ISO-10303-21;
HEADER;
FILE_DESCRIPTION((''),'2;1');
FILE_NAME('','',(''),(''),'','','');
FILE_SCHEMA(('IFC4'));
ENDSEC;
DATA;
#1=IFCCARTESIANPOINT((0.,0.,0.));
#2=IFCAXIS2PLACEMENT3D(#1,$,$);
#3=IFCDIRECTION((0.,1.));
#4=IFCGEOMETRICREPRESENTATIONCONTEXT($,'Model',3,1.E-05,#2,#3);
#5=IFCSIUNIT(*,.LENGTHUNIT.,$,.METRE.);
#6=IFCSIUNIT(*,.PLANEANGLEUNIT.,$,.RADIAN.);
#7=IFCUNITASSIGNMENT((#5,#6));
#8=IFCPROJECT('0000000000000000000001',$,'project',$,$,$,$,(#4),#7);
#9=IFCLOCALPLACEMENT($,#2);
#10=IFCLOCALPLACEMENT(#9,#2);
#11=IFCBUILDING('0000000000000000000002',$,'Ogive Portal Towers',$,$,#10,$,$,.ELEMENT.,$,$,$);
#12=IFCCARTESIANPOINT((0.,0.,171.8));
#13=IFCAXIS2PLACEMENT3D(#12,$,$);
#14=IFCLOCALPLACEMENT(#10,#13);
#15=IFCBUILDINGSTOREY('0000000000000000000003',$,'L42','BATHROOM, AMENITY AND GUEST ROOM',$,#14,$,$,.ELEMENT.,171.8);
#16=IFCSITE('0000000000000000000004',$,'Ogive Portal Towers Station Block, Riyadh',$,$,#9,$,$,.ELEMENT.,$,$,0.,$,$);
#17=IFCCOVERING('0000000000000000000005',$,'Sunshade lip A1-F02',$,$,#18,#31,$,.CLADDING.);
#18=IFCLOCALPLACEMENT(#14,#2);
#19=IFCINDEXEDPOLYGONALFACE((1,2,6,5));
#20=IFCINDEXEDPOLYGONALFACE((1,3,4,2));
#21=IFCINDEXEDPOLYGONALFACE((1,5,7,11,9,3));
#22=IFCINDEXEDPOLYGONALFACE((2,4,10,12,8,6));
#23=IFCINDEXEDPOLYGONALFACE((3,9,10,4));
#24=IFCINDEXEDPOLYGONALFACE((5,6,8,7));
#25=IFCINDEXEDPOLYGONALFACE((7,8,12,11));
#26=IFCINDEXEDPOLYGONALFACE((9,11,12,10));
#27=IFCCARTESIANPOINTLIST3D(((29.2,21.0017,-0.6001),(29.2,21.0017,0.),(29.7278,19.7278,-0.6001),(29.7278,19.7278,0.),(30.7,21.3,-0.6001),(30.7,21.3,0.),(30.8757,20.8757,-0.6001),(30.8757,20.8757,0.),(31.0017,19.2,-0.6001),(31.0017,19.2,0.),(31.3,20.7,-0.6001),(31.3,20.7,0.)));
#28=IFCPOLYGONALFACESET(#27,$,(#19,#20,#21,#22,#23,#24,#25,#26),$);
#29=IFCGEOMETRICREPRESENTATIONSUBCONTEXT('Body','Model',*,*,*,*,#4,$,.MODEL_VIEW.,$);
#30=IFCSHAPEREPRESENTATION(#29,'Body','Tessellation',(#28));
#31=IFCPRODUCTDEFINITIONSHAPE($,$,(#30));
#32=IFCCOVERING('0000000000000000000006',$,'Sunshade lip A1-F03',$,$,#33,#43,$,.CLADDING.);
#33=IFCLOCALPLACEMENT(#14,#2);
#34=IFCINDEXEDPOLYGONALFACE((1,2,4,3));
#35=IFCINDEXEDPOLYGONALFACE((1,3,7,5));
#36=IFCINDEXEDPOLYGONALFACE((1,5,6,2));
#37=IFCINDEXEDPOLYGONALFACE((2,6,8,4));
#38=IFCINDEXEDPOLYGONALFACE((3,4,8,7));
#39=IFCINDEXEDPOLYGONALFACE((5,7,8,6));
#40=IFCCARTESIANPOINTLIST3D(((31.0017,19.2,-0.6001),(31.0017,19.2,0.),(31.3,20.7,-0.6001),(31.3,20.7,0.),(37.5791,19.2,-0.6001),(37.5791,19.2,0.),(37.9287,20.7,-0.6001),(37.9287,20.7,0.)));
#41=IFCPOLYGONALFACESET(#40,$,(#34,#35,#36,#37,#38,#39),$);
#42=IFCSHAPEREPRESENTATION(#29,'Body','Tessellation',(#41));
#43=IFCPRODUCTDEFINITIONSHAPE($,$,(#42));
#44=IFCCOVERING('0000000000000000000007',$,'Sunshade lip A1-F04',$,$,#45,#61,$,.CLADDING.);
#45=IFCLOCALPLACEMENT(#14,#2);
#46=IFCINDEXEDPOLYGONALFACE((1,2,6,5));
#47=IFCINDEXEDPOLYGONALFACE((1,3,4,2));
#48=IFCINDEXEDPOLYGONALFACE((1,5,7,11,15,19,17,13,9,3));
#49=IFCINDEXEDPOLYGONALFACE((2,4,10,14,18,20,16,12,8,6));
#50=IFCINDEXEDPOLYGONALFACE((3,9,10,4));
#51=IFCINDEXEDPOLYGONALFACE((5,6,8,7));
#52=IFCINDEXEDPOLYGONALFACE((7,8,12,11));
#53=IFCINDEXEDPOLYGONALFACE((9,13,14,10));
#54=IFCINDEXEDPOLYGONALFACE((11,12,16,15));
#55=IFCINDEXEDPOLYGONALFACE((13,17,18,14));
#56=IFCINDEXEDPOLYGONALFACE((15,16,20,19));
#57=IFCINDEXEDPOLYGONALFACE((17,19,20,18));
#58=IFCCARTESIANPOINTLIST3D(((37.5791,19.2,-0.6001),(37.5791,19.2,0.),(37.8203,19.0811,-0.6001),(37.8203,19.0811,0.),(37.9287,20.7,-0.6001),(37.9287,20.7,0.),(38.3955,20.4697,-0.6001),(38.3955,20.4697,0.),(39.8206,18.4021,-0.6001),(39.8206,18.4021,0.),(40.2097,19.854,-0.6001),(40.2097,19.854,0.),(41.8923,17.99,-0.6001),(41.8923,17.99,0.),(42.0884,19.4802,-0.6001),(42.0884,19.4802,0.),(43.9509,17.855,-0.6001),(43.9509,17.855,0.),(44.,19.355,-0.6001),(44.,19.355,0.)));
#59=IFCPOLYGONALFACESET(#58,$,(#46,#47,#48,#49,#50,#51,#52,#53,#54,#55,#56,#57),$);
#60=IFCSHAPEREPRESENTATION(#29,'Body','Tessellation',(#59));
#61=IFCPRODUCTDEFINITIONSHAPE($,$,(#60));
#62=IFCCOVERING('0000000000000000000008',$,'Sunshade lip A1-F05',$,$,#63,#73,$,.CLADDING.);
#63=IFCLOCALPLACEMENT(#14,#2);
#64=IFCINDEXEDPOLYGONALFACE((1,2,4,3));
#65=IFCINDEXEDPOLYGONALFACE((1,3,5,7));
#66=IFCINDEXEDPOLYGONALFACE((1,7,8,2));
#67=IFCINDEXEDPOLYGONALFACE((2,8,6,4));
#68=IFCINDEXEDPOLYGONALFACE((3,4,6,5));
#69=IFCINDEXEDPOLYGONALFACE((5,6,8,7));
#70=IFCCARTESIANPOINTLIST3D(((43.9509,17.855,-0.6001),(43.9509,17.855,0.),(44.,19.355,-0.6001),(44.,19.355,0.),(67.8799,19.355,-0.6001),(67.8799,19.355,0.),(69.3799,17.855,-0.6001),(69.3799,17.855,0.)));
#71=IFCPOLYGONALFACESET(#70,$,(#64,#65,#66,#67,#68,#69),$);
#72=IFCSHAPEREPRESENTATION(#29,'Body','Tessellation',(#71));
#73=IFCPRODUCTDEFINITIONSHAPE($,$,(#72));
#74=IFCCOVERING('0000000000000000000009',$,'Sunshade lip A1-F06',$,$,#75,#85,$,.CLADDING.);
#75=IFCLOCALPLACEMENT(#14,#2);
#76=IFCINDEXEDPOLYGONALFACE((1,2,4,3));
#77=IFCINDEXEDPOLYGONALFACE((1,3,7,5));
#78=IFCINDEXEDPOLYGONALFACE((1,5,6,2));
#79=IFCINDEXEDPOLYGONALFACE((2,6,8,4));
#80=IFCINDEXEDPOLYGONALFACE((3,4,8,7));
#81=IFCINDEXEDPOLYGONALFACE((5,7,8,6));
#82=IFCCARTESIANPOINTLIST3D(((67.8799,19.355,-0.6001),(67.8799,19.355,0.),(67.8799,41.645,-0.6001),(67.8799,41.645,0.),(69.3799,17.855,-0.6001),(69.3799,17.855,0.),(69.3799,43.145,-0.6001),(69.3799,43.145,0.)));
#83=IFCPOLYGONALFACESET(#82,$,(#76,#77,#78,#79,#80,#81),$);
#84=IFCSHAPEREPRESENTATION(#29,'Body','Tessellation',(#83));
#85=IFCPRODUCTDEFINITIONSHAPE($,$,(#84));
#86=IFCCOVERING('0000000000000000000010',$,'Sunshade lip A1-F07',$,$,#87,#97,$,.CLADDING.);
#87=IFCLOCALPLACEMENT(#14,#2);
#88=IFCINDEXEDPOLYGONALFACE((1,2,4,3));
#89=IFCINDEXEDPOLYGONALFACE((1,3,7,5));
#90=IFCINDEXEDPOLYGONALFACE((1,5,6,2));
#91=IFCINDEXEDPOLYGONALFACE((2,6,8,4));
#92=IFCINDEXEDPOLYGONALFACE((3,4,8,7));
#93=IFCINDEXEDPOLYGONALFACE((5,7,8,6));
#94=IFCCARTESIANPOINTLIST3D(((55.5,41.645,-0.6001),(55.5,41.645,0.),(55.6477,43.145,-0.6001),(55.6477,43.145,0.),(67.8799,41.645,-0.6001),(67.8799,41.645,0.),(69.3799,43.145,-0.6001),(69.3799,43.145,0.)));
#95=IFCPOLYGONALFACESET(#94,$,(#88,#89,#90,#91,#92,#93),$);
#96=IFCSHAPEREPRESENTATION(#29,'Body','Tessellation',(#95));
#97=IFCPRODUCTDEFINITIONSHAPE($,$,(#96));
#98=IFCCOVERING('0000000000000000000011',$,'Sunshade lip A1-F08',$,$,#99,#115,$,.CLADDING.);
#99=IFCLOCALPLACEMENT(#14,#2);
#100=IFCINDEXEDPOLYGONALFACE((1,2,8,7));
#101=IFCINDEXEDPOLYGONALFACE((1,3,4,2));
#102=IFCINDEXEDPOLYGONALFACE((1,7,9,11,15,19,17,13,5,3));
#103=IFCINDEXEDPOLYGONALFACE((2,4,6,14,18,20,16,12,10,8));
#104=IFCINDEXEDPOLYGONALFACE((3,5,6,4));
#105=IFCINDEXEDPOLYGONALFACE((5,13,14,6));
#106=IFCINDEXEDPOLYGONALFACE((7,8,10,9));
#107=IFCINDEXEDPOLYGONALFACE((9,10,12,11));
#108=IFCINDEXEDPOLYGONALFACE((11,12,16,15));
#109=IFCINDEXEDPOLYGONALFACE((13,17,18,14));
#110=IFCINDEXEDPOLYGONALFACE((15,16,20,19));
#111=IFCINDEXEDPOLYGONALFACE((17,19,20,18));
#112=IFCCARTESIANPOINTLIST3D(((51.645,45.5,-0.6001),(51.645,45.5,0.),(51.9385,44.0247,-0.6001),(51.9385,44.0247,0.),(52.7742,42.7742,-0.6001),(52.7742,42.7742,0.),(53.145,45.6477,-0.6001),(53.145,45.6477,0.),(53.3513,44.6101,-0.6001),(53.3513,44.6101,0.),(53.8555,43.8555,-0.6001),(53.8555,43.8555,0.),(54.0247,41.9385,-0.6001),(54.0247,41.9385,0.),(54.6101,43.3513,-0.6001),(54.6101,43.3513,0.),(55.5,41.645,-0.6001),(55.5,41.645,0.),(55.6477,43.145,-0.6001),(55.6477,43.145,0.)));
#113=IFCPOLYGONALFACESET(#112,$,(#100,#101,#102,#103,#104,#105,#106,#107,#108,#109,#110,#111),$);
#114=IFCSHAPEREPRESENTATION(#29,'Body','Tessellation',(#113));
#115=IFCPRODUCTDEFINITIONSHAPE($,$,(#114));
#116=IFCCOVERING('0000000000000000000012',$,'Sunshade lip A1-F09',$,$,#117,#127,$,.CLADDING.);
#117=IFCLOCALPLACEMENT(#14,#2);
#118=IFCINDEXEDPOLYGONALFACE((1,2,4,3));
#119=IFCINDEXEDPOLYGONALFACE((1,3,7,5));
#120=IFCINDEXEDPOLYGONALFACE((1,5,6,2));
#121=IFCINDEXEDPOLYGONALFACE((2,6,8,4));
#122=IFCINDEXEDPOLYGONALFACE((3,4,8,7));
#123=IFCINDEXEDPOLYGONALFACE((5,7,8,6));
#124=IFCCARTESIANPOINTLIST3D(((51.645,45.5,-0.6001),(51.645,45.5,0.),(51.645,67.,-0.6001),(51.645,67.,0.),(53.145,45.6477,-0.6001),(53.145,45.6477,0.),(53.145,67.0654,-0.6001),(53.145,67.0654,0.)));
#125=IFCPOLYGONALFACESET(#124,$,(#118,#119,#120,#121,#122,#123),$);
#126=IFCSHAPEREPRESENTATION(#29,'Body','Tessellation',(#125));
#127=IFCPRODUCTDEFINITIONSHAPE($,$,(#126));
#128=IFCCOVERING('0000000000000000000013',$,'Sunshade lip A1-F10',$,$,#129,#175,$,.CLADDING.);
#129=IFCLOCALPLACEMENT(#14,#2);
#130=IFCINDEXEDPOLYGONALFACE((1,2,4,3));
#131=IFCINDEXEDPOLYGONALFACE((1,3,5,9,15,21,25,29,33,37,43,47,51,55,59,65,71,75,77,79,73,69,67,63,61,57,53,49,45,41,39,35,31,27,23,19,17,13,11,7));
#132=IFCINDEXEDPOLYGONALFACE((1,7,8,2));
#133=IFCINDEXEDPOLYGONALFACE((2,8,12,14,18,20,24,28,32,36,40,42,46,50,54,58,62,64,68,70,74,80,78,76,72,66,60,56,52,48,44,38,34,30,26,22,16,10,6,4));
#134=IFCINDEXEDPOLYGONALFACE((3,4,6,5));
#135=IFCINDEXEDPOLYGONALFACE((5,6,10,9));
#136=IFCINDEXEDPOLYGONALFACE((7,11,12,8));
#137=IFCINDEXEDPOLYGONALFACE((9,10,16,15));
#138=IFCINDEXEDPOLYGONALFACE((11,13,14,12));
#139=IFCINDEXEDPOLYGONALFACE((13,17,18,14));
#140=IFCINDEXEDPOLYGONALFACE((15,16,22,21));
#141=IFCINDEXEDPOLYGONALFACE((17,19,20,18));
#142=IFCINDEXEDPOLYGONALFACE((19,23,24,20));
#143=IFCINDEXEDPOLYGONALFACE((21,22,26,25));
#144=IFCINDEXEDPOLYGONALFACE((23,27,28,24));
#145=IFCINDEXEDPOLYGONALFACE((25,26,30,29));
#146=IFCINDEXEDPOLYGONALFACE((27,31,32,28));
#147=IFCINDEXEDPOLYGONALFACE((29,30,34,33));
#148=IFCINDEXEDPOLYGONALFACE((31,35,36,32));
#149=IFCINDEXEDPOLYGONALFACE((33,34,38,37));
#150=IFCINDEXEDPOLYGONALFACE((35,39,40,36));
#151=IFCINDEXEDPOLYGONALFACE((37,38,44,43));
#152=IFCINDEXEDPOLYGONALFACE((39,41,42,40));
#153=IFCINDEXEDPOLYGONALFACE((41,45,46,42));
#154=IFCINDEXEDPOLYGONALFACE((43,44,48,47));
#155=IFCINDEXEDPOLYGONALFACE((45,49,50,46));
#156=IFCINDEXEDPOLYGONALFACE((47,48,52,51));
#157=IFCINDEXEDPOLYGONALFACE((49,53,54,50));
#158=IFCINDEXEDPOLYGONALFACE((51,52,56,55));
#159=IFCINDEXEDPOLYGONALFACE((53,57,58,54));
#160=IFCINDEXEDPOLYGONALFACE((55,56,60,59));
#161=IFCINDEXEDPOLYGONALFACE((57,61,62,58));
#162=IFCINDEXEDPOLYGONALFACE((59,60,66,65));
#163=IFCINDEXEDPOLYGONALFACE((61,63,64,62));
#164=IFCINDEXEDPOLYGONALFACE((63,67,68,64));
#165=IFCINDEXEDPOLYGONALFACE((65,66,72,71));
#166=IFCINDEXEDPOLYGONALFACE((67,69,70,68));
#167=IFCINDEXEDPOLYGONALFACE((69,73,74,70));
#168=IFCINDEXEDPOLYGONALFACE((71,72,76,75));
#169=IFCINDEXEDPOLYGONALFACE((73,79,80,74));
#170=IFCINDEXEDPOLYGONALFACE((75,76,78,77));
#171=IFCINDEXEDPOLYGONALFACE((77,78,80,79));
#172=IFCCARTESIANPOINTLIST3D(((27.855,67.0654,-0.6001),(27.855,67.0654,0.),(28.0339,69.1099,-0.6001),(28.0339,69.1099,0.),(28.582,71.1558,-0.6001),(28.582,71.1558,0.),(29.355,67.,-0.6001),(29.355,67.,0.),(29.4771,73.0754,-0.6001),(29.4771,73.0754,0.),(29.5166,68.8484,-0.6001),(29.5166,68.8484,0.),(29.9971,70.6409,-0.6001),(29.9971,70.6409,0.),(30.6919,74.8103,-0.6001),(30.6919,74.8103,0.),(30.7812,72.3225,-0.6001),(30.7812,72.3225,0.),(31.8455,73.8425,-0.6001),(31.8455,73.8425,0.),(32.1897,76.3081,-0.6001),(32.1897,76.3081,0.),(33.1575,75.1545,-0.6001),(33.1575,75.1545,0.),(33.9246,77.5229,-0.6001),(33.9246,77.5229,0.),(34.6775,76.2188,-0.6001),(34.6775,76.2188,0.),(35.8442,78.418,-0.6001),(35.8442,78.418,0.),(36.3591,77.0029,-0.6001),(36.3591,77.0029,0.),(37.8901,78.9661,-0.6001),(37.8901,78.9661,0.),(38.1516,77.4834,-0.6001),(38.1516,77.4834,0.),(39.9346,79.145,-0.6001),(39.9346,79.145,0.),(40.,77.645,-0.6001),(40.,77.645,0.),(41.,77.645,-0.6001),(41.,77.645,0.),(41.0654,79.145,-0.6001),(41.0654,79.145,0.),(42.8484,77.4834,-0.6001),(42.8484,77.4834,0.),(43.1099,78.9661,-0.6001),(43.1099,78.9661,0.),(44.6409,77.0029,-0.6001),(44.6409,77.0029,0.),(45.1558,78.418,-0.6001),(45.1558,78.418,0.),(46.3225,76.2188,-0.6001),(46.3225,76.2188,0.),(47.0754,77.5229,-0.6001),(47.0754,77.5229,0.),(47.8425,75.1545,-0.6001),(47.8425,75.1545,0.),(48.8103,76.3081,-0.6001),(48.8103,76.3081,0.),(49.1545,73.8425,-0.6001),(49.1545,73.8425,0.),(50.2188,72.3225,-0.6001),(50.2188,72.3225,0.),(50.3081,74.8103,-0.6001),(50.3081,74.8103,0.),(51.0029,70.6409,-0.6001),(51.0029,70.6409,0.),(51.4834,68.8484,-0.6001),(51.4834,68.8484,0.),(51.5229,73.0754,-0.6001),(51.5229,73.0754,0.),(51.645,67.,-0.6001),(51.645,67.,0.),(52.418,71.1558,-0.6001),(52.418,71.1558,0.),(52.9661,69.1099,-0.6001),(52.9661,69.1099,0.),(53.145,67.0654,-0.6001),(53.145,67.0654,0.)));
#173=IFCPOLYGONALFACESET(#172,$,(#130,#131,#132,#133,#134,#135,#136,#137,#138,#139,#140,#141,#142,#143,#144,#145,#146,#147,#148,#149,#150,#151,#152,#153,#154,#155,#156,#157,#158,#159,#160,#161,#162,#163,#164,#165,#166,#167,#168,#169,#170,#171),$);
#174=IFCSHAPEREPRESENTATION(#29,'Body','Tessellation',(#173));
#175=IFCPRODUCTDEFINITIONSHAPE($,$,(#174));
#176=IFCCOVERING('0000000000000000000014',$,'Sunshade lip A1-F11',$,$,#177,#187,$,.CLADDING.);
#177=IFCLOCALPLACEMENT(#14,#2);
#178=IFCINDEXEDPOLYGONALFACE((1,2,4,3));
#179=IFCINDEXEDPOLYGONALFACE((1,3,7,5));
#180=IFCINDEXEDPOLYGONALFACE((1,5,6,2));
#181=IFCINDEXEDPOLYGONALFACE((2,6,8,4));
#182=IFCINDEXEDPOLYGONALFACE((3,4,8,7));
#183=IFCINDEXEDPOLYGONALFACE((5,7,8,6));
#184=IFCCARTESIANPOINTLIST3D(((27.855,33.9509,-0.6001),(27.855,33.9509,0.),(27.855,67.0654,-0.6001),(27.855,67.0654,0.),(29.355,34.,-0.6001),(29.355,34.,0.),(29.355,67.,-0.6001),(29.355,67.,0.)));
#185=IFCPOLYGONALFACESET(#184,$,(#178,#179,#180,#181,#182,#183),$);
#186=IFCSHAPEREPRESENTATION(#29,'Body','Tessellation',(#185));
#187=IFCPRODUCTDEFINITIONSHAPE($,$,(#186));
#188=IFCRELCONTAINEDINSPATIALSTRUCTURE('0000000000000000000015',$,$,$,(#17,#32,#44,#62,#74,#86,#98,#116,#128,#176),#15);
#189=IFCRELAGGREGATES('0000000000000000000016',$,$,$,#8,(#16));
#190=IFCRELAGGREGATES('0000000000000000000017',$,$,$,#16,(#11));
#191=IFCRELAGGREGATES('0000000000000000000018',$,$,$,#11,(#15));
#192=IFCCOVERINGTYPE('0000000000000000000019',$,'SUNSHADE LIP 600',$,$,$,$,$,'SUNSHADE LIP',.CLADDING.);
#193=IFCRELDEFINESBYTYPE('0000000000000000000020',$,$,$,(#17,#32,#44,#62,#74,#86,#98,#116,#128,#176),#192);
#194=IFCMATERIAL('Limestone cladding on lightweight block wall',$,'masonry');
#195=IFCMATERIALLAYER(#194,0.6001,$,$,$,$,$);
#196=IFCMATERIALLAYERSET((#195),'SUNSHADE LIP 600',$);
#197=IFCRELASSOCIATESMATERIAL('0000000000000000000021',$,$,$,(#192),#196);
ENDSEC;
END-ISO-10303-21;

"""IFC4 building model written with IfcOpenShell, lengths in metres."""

from ifc_helpers import new_model, si_unit, direction, frame, origin, place, context, subcontext, project, spatial, polyline, outline, extrude, material, layer, layer_set, type_object, element, save


model = new_model("IFC4")

# Units and contexts
model_context = context("Model", 3, precision=1e-05, world=origin(), true_north=direction((0.0, 1.0)))
body_context = subcontext(model_context, "Body", "Model", "MODEL_VIEW")
ifc_project = project(units=[si_unit("LENGTHUNIT", "METRE"), si_unit("PLANEANGLEUNIT", "RADIAN")], contexts=[model_context])

# Site, building, storey
site_placement = place(None, origin())
site = spatial("IfcSite", under=ifc_project, at=site_placement, Name="Ogive Portal Towers Station Block, Riyadh", CompositionType="ELEMENT", RefElevation=0.0)
building_placement = place(site_placement, origin())
building = spatial("IfcBuilding", under=site, at=building_placement, Name="Ogive Portal Towers", CompositionType="ELEMENT")
storey_placement = place(building_placement, frame((0.0, 0.0, 171.8)))
storey = spatial("IfcBuildingStorey", under=building, at=storey_placement, Name="L42", Description="BATHROOM, AMENITY AND GUEST ROOM", CompositionType="ELEMENT", Elevation=171.8)

# Coverings
ifc_material_1 = material(Name="Limestone cladding on lightweight block wall", Category="masonry")
ifc_layer_1 = layer(ifc_material_1, 0.6001)
ifc_layer_set_1 = layer_set([ifc_layer_1], Name="SUNSHADE LIP 600")
covering_type_1 = type_object("IfcCoveringType", Name="SUNSHADE LIP 600", ElementType="SUNSHADE LIP", PredefinedType="CLADDING", material=ifc_layer_set_1)
covering_1_placement = place(storey_placement, frame((0.0, 0.0, -0.6001)))
element("IfcCovering", 1, at=covering_1_placement, inside=storey, type_object=covering_type_1, Name="Sunshade lip A1-F02", PredefinedType="CLADDING", context=body_context, shape_type="SweptSolid", body=[
    extrude(outline(polyline([(30.7, 21.3), (30.8757, 20.8757), (31.3, 20.7), (31.0017, 19.2), (29.7278, 19.7278), (29.2, 21.0017), (30.7, 21.3)])), origin(), (0.0, 0.0, 1.0), 0.6001),
])
covering_2_placement = place(storey_placement, frame((0.0, 0.0, -0.6001)))
element("IfcCovering", 2, at=covering_2_placement, inside=storey, type_object=covering_type_1, Name="Sunshade lip A1-F03", PredefinedType="CLADDING", context=body_context, shape_type="SweptSolid", body=[
    extrude(outline(polyline([(31.3, 20.7), (37.9287, 20.7), (37.5791, 19.2), (31.0017, 19.2), (31.3, 20.7)])), origin(), (0.0, 0.0, 1.0), 0.6001),
])
covering_3_placement = place(storey_placement, frame((0.0, 0.0, -0.6001)))
element("IfcCovering", 3, at=covering_3_placement, inside=storey, type_object=covering_type_1, Name="Sunshade lip A1-F04", PredefinedType="CLADDING", context=body_context, shape_type="SweptSolid", body=[
    extrude(outline(polyline([(37.9287, 20.7), (38.3955, 20.4697), (40.2097, 19.854), (42.0884, 19.4802), (44.0, 19.355), (43.9509, 17.855), (41.8923, 17.99), (39.8206, 18.4021), (37.8203, 19.0811), (37.5791, 19.2), (37.9287, 20.7)])), origin(), (0.0, 0.0, 1.0), 0.6001),
])
covering_4_placement = place(storey_placement, frame((0.0, 0.0, -0.6001)))
element("IfcCovering", 4, at=covering_4_placement, inside=storey, type_object=covering_type_1, Name="Sunshade lip A1-F05", PredefinedType="CLADDING", context=body_context, shape_type="SweptSolid", body=[
    extrude(outline(polyline([(44.0, 19.355), (67.8799, 19.355), (69.3799, 17.855), (43.9509, 17.855), (44.0, 19.355)])), origin(), (0.0, 0.0, 1.0), 0.6001),
])
covering_5_placement = place(storey_placement, frame((0.0, 0.0, -0.6001)))
element("IfcCovering", 5, at=covering_5_placement, inside=storey, type_object=covering_type_1, Name="Sunshade lip A1-F06", PredefinedType="CLADDING", context=body_context, shape_type="SweptSolid", body=[
    extrude(outline(polyline([(67.8799, 19.355), (67.8799, 41.645), (69.3799, 43.145), (69.3799, 17.855), (67.8799, 19.355)])), origin(), (0.0, 0.0, 1.0), 0.6001),
])
covering_6_placement = place(storey_placement, frame((0.0, 0.0, -0.6001)))
element("IfcCovering", 6, at=covering_6_placement, inside=storey, type_object=covering_type_1, Name="Sunshade lip A1-F07", PredefinedType="CLADDING", context=body_context, shape_type="SweptSolid", body=[
    extrude(outline(polyline([(67.8799, 41.645), (55.5, 41.645), (55.6477, 43.145), (69.3799, 43.145), (67.8799, 41.645)])), origin(), (0.0, 0.0, 1.0), 0.6001),
])
covering_7_placement = place(storey_placement, frame((0.0, 0.0, -0.6001)))
element("IfcCovering", 7, at=covering_7_placement, inside=storey, type_object=covering_type_1, Name="Sunshade lip A1-F08", PredefinedType="CLADDING", context=body_context, shape_type="SweptSolid", body=[
    extrude(outline(polyline([(55.5, 41.645), (54.0247, 41.9385), (52.7742, 42.7742), (51.9385, 44.0247), (51.645, 45.5), (53.145, 45.6477), (53.3513, 44.6101), (53.8555, 43.8555), (54.6101, 43.3513), (55.6477, 43.145), (55.5, 41.645)])), origin(), (0.0, 0.0, 1.0), 0.6001),
])
covering_8_placement = place(storey_placement, frame((0.0, 0.0, -0.6001)))
element("IfcCovering", 8, at=covering_8_placement, inside=storey, type_object=covering_type_1, Name="Sunshade lip A1-F09", PredefinedType="CLADDING", context=body_context, shape_type="SweptSolid", body=[
    extrude(outline(polyline([(51.645, 45.5), (51.645, 67.0), (53.145, 67.0654), (53.145, 45.6477), (51.645, 45.5)])), origin(), (0.0, 0.0, 1.0), 0.6001),
])
covering_9_placement = place(storey_placement, frame((0.0, 0.0, -0.6001)))
element("IfcCovering", 9, at=covering_9_placement, inside=storey, type_object=covering_type_1, Name="Sunshade lip A1-F10", PredefinedType="CLADDING", context=body_context, shape_type="SweptSolid", body=[
    extrude(outline(polyline([(51.645, 67.0), (51.4834, 68.8484), (51.0029, 70.6409), (50.2188, 72.3225), (49.1545, 73.8425), (47.8425, 75.1545), (46.3225, 76.2188), (44.6409, 77.0029), (42.8484, 77.4834), (41.0, 77.645), (40.0, 77.645), (38.1516, 77.4834), (36.3591, 77.0029), (34.6775, 76.2188), (33.1575, 75.1545), (31.8455, 73.8425), (30.7812, 72.3225), (29.9971, 70.6409), (29.5166, 68.8484), (29.355, 67.0), (27.855, 67.0654), (28.0339, 69.1099), (28.582, 71.1558), (29.4771, 73.0754), (30.6919, 74.8103), (32.1897, 76.3081), (33.9246, 77.5229), (35.8442, 78.418), (37.8901, 78.9661), (39.9346, 79.145), (41.0654, 79.145), (43.1099, 78.9661), (45.1558, 78.418), (47.0754, 77.5229), (48.8103, 76.3081), (50.3081, 74.8103), (51.5229, 73.0754), (52.418, 71.1558), (52.9661, 69.1099), (53.145, 67.0654), (51.645, 67.0)])), origin(), (0.0, 0.0, 1.0), 0.6001),
])
covering_10_placement = place(storey_placement, frame((0.0, 0.0, -0.6001)))
element("IfcCovering", 10, at=covering_10_placement, inside=storey, type_object=covering_type_1, Name="Sunshade lip A1-F11", PredefinedType="CLADDING", context=body_context, shape_type="SweptSolid", body=[
    extrude(outline(polyline([(29.355, 67.0), (29.355, 34.0), (27.855, 33.9509), (27.855, 67.0654), (29.355, 67.0)])), origin(), (0.0, 0.0, 1.0), 0.6001),
])

save(model, "model.ifc")
